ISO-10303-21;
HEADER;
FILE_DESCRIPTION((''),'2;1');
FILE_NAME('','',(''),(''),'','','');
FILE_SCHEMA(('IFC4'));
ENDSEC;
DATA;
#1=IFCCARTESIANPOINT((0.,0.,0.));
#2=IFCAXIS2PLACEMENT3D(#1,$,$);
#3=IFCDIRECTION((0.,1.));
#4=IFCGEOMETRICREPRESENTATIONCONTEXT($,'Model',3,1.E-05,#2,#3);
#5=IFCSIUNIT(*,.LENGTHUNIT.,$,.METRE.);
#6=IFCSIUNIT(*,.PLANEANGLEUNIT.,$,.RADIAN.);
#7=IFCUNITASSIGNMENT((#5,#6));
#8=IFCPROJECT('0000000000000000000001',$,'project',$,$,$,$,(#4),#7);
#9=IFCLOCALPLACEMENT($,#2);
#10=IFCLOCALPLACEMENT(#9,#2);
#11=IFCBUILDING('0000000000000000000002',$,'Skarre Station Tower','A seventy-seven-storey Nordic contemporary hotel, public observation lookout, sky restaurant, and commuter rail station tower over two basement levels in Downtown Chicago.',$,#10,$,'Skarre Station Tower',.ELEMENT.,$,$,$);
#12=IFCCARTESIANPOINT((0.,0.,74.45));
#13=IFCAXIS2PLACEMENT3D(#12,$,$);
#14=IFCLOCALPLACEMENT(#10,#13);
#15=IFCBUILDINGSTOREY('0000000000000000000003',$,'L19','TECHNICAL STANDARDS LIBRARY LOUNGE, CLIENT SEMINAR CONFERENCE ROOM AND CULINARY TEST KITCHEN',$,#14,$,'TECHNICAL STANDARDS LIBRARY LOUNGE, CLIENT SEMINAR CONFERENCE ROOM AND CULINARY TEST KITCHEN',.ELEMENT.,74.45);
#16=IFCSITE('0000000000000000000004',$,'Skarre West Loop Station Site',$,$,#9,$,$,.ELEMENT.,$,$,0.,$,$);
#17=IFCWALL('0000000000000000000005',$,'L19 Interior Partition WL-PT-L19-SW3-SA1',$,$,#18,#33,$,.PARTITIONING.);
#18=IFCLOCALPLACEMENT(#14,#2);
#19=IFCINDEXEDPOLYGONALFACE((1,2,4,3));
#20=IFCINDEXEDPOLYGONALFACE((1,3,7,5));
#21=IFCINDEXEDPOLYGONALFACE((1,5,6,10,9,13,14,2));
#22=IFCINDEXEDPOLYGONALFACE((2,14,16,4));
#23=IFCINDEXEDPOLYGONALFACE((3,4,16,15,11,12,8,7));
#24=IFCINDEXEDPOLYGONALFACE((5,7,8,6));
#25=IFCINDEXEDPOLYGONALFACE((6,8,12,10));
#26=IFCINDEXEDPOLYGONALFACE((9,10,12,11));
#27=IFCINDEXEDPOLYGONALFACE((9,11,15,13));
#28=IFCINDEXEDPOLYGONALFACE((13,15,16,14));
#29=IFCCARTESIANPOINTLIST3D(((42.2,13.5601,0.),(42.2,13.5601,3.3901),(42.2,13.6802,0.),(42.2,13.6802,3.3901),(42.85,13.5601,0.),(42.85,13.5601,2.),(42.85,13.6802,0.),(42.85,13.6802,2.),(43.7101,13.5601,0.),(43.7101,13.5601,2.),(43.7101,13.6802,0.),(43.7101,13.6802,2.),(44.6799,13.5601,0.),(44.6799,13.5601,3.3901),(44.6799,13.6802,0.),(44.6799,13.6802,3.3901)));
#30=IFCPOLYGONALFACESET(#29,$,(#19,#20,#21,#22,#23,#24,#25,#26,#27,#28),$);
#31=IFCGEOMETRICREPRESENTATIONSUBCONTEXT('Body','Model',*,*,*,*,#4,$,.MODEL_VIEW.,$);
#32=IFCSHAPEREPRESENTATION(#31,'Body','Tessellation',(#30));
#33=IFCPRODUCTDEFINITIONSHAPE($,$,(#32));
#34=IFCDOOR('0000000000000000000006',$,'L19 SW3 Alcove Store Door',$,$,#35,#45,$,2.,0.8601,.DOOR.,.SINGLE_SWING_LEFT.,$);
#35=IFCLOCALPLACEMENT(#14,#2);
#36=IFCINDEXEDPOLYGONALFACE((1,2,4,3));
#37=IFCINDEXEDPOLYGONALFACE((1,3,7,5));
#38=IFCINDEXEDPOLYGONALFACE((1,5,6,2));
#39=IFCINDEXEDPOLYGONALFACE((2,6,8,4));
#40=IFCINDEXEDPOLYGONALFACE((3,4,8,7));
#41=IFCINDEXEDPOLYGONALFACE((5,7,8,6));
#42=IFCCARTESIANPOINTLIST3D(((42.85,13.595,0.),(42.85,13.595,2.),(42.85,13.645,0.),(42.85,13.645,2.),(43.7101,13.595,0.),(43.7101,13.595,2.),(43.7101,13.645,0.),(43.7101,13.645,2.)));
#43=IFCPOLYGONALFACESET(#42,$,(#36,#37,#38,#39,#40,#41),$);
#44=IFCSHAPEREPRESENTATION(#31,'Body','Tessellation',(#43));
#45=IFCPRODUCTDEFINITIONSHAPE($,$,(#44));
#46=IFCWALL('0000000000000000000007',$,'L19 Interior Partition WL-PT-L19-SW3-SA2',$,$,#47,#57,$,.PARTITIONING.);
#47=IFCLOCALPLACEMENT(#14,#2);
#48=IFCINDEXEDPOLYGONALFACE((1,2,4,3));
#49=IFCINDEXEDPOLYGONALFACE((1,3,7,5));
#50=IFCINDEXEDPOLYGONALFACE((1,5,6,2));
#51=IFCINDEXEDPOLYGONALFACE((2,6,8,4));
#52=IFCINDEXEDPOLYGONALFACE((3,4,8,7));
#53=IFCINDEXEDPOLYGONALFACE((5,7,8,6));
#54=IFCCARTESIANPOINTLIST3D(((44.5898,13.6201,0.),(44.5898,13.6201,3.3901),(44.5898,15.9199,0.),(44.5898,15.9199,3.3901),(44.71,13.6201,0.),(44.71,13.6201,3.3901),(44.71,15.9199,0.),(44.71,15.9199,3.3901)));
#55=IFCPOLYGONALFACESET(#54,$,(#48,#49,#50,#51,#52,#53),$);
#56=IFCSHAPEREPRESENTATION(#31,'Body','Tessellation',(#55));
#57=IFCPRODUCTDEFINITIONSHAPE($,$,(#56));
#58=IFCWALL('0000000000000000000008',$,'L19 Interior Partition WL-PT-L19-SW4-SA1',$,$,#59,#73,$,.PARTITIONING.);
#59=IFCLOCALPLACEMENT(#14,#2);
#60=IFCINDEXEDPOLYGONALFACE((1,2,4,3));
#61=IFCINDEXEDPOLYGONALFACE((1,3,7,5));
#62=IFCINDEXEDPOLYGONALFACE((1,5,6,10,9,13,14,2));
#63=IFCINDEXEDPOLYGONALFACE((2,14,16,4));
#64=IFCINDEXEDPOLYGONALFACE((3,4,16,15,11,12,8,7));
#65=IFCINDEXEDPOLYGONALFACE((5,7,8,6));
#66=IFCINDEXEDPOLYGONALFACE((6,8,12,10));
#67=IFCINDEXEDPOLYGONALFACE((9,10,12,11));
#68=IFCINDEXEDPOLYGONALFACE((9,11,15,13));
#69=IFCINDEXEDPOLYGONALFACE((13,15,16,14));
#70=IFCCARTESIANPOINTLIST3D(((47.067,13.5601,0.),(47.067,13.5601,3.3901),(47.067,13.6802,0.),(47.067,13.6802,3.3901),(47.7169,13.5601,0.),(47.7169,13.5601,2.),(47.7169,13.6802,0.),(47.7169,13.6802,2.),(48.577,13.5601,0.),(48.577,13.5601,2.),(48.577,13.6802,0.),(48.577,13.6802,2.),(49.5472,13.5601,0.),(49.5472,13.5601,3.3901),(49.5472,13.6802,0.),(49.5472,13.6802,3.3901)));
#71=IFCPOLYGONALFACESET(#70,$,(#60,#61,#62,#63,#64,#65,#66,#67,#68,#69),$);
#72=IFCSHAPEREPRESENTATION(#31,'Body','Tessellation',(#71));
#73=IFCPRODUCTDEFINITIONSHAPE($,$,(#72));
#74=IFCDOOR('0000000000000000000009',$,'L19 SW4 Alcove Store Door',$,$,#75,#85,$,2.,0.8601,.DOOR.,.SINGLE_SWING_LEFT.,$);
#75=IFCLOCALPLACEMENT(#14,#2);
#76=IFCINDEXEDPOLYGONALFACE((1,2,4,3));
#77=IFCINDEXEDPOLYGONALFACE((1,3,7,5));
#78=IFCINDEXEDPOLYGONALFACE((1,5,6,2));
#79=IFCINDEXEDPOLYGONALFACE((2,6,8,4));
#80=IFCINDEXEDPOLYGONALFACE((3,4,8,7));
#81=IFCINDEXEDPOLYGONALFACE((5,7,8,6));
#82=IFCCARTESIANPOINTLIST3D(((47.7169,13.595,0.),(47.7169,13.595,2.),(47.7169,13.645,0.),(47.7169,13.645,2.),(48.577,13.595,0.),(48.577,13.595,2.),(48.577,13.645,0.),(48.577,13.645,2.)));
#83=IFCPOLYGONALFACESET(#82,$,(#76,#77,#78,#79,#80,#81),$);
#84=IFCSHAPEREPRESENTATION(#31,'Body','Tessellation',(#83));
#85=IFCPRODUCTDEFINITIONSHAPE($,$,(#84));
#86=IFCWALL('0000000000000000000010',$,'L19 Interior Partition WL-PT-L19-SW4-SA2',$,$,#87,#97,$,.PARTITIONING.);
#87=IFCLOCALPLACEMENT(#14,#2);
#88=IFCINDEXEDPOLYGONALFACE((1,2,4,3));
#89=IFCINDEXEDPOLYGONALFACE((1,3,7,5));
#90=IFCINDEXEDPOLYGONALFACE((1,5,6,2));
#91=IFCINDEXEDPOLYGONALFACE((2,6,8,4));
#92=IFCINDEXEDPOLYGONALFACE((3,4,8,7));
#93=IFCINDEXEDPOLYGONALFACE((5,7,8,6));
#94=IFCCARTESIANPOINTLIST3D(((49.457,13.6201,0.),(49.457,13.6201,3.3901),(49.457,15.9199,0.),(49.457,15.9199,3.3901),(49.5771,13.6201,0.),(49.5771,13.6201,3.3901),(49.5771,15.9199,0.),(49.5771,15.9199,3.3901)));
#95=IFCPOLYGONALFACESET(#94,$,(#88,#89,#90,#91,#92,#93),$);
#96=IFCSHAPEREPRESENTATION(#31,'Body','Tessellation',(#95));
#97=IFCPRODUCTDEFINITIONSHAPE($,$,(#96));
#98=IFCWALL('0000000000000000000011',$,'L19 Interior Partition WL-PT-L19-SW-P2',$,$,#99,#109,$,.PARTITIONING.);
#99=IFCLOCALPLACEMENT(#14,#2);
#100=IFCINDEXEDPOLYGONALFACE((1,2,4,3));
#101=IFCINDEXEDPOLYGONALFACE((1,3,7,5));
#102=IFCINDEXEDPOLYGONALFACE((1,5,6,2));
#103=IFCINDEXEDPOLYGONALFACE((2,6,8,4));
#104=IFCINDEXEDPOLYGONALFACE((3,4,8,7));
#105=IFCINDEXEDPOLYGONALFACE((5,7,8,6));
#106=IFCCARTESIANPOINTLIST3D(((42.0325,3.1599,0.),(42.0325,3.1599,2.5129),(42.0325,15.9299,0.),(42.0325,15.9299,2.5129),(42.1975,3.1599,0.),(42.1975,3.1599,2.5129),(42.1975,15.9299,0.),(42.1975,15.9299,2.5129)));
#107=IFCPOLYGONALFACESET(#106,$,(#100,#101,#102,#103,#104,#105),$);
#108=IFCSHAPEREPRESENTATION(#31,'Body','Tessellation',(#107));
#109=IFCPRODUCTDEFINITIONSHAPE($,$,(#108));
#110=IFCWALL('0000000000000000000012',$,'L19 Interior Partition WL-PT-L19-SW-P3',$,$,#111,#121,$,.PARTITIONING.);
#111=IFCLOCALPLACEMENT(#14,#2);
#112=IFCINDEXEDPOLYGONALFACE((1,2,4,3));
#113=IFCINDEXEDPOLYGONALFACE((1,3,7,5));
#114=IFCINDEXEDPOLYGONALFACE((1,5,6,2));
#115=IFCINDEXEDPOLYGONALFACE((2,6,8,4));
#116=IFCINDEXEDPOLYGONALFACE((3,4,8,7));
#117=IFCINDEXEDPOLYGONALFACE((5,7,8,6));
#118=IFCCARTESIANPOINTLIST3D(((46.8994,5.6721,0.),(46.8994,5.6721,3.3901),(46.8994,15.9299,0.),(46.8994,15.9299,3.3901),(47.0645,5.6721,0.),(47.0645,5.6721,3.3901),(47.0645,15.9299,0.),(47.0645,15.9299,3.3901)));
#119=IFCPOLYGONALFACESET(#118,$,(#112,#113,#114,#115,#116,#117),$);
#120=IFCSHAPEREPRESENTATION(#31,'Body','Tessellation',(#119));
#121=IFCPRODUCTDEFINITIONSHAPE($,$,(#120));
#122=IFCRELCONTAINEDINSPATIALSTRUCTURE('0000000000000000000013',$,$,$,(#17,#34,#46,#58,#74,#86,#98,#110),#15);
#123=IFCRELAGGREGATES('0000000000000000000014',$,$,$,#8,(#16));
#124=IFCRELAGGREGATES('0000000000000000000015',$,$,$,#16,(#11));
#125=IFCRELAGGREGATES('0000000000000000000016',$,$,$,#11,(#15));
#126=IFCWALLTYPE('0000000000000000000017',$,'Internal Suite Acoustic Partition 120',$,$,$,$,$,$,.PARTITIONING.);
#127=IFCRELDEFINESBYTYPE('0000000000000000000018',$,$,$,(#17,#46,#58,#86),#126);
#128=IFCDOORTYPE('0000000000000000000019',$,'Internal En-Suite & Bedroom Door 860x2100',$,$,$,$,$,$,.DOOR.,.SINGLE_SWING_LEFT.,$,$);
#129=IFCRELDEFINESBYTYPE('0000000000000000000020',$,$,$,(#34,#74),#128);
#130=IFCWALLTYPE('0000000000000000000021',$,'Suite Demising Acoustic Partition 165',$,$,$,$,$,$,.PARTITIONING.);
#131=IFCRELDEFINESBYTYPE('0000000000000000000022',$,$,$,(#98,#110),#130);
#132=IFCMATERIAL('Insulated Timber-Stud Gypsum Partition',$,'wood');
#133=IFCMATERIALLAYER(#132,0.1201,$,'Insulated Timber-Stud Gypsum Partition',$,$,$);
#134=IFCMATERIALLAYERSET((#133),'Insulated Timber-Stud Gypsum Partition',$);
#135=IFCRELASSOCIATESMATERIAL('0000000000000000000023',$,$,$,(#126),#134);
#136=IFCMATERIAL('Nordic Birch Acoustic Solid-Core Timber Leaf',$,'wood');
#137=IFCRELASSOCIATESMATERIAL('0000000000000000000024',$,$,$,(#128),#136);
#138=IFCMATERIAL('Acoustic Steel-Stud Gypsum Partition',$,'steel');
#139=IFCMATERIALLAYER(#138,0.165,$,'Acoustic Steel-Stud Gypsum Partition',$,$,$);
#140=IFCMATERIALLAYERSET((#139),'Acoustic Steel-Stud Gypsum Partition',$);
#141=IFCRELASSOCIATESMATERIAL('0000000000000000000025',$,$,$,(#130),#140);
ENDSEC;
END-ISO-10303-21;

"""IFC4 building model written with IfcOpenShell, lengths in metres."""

from ifc_helpers import new_model, si_unit, direction, frame, frame_2d, origin, place, context, subcontext, project, spatial, rectangle, extrude, material, layer, layer_set, type_object, element, fill, save


model = new_model("IFC4")

# Units and contexts
model_context = context("Model", 3, precision=1e-05, world=origin(), true_north=direction((0.0, 1.0)))
body_context = subcontext(model_context, "Body", "Model", "MODEL_VIEW")
ifc_project = project(units=[si_unit("LENGTHUNIT", "METRE"), si_unit("PLANEANGLEUNIT", "RADIAN")], contexts=[model_context])

# Site, building, storey
site_placement = place(None, origin())
site = spatial("IfcSite", under=ifc_project, at=site_placement, Name="Skarre West Loop Station Site", CompositionType="ELEMENT", RefElevation=0.0)
building_placement = place(site_placement, origin())
building = spatial("IfcBuilding", under=site, at=building_placement, Name="Skarre Station Tower", Description="A seventy-seven-storey Nordic contemporary hotel, public observation lookout, sky restaurant, and commuter rail station tower over two basement levels in Downtown Chicago.", LongName="Skarre Station Tower", CompositionType="ELEMENT")
storey_placement = place(building_placement, frame((0.0, 0.0, 74.45)))
storey = spatial("IfcBuildingStorey", under=building, at=storey_placement, Name="L19", Description="TECHNICAL STANDARDS LIBRARY LOUNGE, CLIENT SEMINAR CONFERENCE ROOM AND CULINARY TEST KITCHEN", LongName="TECHNICAL STANDARDS LIBRARY LOUNGE, CLIENT SEMINAR CONFERENCE ROOM AND CULINARY TEST KITCHEN", CompositionType="ELEMENT", Elevation=74.45)

# Wall, opening, door
ifc_material_1 = material(Name="Acoustic Steel-Stud Gypsum Partition", Category="steel")
ifc_material_2 = material(Name="Insulated Timber-Stud Gypsum Partition", Category="wood")
ifc_layer_1 = layer(ifc_material_2, 0.1201, Name="Insulated Timber-Stud Gypsum Partition")
ifc_layer_set_1 = layer_set([ifc_layer_1], Name="Insulated Timber-Stud Gypsum Partition")
wall_type_1 = type_object("IfcWallType", Name="Internal Suite Acoustic Partition 120", PredefinedType="PARTITIONING", material=ifc_layer_set_1)
wall_1_placement = place(storey_placement, frame((42.2, 13.6201, 0.0), z_axis=(0.0, 0.0, 1.0), x_axis=(1.0, 0.0, 0.0)))
wall_1 = element("IfcWall", 1, at=wall_1_placement, inside=storey, type_object=wall_type_1, Name="L19 Interior Partition WL-PT-L19-SW3-SA1", PredefinedType="PARTITIONING", context=body_context, shape_type="SweptSolid", body=[
    extrude(rectangle(XDim=2.48, YDim=0.1201, at=frame_2d((1.24, 0.0))), origin(), (0.0, 0.0, 1.0), 3.3901),
])
opening_1_placement = place(wall_1_placement, frame((0.6499, 0.0, 0.0)))
opening_1 = element("IfcOpeningElement", 2, at=opening_1_placement, cuts=wall_1, PredefinedType="OPENING", context=body_context, shape_type="SweptSolid", body=[
    extrude(rectangle(XDim=0.8601, YDim=2.0, at=frame_2d((0.4302, 1.0))), frame((0.0, 0.0701, 0.0), z_axis=(0.0, -1.0, 0.0), x_axis=(1.0, 0.0, 0.0)), (0.0, 0.0, 1.0), 0.1401),
])
ifc_material_3 = material(Name="Nordic Birch Acoustic Solid-Core Timber Leaf", Category="wood")
door_type_1 = type_object("IfcDoorType", Name="Internal En-Suite & Bedroom Door 860x2100", OperationType="SINGLE_SWING_LEFT", PredefinedType="DOOR", material=ifc_material_3)
door_1_placement = place(opening_1_placement, origin())
door_1 = element("IfcDoor", 3, at=door_1_placement, inside=storey, type_object=door_type_1, Name="L19 SW3 Alcove Store Door", OperationType="SINGLE_SWING_LEFT", OverallHeight=2.0, OverallWidth=0.8601, PredefinedType="DOOR", context=body_context, shape_type="SweptSolid", body=[
    extrude(rectangle(XDim=0.8601, YDim=2.0, at=frame_2d((0.4302, 1.0))), frame((0.0, 0.0249, 0.0), z_axis=(0.0, -1.0, 0.0), x_axis=(1.0, 0.0, 0.0)), (0.0, 0.0, 1.0), 0.05),
])
fill(opening_1, door_1)

# Wall
wall_2_placement = place(storey_placement, frame((44.6499, 13.6201, 0.0), z_axis=(0.0, 0.0, 1.0), x_axis=(0.0, 1.0, 0.0)))
element("IfcWall", 4, at=wall_2_placement, inside=storey, type_object=wall_type_1, Name="L19 Interior Partition WL-PT-L19-SW3-SA2", PredefinedType="PARTITIONING", context=body_context, shape_type="SweptSolid", body=[
    extrude(rectangle(XDim=2.2998, YDim=0.1201, at=frame_2d((1.1499, 0.0))), origin(), (0.0, 0.0, 1.0), 3.3901),
])

# Wall, opening, door
wall_3_placement = place(storey_placement, frame((47.0669, 13.6201, 0.0), z_axis=(0.0, 0.0, 1.0), x_axis=(1.0, 0.0, 0.0)))
wall_3 = element("IfcWall", 5, at=wall_3_placement, inside=storey, type_object=wall_type_1, Name="L19 Interior Partition WL-PT-L19-SW4-SA1", PredefinedType="PARTITIONING", context=body_context, shape_type="SweptSolid", body=[
    extrude(rectangle(XDim=2.4802, YDim=0.1201, at=frame_2d((1.2402, 0.0))), origin(), (0.0, 0.0, 1.0), 3.3901),
])
opening_2_placement = place(wall_3_placement, frame((0.6499, 0.0, 0.0)))
opening_2 = element("IfcOpeningElement", 6, at=opening_2_placement, cuts=wall_3, PredefinedType="OPENING", context=body_context, shape_type="SweptSolid", body=[
    extrude(rectangle(XDim=0.8601, YDim=2.0, at=frame_2d((0.4302, 1.0))), frame((0.0, 0.0701, 0.0), z_axis=(0.0, -1.0, 0.0), x_axis=(1.0, 0.0, 0.0)), (0.0, 0.0, 1.0), 0.1401),
])
door_2_placement = place(opening_2_placement, origin())
door_2 = element("IfcDoor", 7, at=door_2_placement, inside=storey, type_object=door_type_1, Name="L19 SW4 Alcove Store Door", OperationType="SINGLE_SWING_LEFT", OverallHeight=2.0, OverallWidth=0.8601, PredefinedType="DOOR", context=body_context, shape_type="SweptSolid", body=[
    extrude(rectangle(XDim=0.8601, YDim=2.0, at=frame_2d((0.4302, 1.0))), frame((0.0, 0.0249, 0.0), z_axis=(0.0, -1.0, 0.0), x_axis=(1.0, 0.0, 0.0)), (0.0, 0.0, 1.0), 0.05),
])
fill(opening_2, door_2)

# Walls
wall_4_placement = place(storey_placement, frame((49.5171, 13.6201, 0.0), z_axis=(0.0, 0.0, 1.0), x_axis=(0.0, 1.0, 0.0)))
element("IfcWall", 8, at=wall_4_placement, inside=storey, type_object=wall_type_1, Name="L19 Interior Partition WL-PT-L19-SW4-SA2", PredefinedType="PARTITIONING", context=body_context, shape_type="SweptSolid", body=[
    extrude(rectangle(XDim=2.2998, YDim=0.1201, at=frame_2d((1.1499, 0.0))), origin(), (0.0, 0.0, 1.0), 3.3901),
])
ifc_layer_2 = layer(ifc_material_1, 0.165, Name="Acoustic Steel-Stud Gypsum Partition")
ifc_layer_set_2 = layer_set([ifc_layer_2], Name="Acoustic Steel-Stud Gypsum Partition")
wall_type_2 = type_object("IfcWallType", Name="Suite Demising Acoustic Partition 165", PredefinedType="PARTITIONING", material=ifc_layer_set_2)
wall_5_placement = place(storey_placement, frame((42.115, 3.1599, 0.0), z_axis=(0.0, 0.0, 1.0), x_axis=(0.0, 1.0, 0.0)))
element("IfcWall", 9, at=wall_5_placement, inside=storey, type_object=wall_type_2, Name="L19 Interior Partition WL-PT-L19-SW-P2", PredefinedType="PARTITIONING", context=body_context, shape_type="SweptSolid", body=[
    extrude(rectangle(XDim=12.77, YDim=0.165, at=frame_2d((6.385, 0.0))), origin(), (0.0, 0.0, 1.0), 2.5129),
])
wall_6_placement = place(storey_placement, frame((46.9819, 5.6721, 0.0), z_axis=(0.0, 0.0, 1.0), x_axis=(0.0, 1.0, 0.0)))
element("IfcWall", 10, at=wall_6_placement, inside=storey, type_object=wall_type_2, Name="L19 Interior Partition WL-PT-L19-SW-P3", PredefinedType="PARTITIONING", context=body_context, shape_type="SweptSolid", body=[
    extrude(rectangle(XDim=10.2578, YDim=0.165, at=frame_2d((5.1289, 0.0))), origin(), (0.0, 0.0, 1.0), 3.3901),
])

save(model, "model.ifc")
